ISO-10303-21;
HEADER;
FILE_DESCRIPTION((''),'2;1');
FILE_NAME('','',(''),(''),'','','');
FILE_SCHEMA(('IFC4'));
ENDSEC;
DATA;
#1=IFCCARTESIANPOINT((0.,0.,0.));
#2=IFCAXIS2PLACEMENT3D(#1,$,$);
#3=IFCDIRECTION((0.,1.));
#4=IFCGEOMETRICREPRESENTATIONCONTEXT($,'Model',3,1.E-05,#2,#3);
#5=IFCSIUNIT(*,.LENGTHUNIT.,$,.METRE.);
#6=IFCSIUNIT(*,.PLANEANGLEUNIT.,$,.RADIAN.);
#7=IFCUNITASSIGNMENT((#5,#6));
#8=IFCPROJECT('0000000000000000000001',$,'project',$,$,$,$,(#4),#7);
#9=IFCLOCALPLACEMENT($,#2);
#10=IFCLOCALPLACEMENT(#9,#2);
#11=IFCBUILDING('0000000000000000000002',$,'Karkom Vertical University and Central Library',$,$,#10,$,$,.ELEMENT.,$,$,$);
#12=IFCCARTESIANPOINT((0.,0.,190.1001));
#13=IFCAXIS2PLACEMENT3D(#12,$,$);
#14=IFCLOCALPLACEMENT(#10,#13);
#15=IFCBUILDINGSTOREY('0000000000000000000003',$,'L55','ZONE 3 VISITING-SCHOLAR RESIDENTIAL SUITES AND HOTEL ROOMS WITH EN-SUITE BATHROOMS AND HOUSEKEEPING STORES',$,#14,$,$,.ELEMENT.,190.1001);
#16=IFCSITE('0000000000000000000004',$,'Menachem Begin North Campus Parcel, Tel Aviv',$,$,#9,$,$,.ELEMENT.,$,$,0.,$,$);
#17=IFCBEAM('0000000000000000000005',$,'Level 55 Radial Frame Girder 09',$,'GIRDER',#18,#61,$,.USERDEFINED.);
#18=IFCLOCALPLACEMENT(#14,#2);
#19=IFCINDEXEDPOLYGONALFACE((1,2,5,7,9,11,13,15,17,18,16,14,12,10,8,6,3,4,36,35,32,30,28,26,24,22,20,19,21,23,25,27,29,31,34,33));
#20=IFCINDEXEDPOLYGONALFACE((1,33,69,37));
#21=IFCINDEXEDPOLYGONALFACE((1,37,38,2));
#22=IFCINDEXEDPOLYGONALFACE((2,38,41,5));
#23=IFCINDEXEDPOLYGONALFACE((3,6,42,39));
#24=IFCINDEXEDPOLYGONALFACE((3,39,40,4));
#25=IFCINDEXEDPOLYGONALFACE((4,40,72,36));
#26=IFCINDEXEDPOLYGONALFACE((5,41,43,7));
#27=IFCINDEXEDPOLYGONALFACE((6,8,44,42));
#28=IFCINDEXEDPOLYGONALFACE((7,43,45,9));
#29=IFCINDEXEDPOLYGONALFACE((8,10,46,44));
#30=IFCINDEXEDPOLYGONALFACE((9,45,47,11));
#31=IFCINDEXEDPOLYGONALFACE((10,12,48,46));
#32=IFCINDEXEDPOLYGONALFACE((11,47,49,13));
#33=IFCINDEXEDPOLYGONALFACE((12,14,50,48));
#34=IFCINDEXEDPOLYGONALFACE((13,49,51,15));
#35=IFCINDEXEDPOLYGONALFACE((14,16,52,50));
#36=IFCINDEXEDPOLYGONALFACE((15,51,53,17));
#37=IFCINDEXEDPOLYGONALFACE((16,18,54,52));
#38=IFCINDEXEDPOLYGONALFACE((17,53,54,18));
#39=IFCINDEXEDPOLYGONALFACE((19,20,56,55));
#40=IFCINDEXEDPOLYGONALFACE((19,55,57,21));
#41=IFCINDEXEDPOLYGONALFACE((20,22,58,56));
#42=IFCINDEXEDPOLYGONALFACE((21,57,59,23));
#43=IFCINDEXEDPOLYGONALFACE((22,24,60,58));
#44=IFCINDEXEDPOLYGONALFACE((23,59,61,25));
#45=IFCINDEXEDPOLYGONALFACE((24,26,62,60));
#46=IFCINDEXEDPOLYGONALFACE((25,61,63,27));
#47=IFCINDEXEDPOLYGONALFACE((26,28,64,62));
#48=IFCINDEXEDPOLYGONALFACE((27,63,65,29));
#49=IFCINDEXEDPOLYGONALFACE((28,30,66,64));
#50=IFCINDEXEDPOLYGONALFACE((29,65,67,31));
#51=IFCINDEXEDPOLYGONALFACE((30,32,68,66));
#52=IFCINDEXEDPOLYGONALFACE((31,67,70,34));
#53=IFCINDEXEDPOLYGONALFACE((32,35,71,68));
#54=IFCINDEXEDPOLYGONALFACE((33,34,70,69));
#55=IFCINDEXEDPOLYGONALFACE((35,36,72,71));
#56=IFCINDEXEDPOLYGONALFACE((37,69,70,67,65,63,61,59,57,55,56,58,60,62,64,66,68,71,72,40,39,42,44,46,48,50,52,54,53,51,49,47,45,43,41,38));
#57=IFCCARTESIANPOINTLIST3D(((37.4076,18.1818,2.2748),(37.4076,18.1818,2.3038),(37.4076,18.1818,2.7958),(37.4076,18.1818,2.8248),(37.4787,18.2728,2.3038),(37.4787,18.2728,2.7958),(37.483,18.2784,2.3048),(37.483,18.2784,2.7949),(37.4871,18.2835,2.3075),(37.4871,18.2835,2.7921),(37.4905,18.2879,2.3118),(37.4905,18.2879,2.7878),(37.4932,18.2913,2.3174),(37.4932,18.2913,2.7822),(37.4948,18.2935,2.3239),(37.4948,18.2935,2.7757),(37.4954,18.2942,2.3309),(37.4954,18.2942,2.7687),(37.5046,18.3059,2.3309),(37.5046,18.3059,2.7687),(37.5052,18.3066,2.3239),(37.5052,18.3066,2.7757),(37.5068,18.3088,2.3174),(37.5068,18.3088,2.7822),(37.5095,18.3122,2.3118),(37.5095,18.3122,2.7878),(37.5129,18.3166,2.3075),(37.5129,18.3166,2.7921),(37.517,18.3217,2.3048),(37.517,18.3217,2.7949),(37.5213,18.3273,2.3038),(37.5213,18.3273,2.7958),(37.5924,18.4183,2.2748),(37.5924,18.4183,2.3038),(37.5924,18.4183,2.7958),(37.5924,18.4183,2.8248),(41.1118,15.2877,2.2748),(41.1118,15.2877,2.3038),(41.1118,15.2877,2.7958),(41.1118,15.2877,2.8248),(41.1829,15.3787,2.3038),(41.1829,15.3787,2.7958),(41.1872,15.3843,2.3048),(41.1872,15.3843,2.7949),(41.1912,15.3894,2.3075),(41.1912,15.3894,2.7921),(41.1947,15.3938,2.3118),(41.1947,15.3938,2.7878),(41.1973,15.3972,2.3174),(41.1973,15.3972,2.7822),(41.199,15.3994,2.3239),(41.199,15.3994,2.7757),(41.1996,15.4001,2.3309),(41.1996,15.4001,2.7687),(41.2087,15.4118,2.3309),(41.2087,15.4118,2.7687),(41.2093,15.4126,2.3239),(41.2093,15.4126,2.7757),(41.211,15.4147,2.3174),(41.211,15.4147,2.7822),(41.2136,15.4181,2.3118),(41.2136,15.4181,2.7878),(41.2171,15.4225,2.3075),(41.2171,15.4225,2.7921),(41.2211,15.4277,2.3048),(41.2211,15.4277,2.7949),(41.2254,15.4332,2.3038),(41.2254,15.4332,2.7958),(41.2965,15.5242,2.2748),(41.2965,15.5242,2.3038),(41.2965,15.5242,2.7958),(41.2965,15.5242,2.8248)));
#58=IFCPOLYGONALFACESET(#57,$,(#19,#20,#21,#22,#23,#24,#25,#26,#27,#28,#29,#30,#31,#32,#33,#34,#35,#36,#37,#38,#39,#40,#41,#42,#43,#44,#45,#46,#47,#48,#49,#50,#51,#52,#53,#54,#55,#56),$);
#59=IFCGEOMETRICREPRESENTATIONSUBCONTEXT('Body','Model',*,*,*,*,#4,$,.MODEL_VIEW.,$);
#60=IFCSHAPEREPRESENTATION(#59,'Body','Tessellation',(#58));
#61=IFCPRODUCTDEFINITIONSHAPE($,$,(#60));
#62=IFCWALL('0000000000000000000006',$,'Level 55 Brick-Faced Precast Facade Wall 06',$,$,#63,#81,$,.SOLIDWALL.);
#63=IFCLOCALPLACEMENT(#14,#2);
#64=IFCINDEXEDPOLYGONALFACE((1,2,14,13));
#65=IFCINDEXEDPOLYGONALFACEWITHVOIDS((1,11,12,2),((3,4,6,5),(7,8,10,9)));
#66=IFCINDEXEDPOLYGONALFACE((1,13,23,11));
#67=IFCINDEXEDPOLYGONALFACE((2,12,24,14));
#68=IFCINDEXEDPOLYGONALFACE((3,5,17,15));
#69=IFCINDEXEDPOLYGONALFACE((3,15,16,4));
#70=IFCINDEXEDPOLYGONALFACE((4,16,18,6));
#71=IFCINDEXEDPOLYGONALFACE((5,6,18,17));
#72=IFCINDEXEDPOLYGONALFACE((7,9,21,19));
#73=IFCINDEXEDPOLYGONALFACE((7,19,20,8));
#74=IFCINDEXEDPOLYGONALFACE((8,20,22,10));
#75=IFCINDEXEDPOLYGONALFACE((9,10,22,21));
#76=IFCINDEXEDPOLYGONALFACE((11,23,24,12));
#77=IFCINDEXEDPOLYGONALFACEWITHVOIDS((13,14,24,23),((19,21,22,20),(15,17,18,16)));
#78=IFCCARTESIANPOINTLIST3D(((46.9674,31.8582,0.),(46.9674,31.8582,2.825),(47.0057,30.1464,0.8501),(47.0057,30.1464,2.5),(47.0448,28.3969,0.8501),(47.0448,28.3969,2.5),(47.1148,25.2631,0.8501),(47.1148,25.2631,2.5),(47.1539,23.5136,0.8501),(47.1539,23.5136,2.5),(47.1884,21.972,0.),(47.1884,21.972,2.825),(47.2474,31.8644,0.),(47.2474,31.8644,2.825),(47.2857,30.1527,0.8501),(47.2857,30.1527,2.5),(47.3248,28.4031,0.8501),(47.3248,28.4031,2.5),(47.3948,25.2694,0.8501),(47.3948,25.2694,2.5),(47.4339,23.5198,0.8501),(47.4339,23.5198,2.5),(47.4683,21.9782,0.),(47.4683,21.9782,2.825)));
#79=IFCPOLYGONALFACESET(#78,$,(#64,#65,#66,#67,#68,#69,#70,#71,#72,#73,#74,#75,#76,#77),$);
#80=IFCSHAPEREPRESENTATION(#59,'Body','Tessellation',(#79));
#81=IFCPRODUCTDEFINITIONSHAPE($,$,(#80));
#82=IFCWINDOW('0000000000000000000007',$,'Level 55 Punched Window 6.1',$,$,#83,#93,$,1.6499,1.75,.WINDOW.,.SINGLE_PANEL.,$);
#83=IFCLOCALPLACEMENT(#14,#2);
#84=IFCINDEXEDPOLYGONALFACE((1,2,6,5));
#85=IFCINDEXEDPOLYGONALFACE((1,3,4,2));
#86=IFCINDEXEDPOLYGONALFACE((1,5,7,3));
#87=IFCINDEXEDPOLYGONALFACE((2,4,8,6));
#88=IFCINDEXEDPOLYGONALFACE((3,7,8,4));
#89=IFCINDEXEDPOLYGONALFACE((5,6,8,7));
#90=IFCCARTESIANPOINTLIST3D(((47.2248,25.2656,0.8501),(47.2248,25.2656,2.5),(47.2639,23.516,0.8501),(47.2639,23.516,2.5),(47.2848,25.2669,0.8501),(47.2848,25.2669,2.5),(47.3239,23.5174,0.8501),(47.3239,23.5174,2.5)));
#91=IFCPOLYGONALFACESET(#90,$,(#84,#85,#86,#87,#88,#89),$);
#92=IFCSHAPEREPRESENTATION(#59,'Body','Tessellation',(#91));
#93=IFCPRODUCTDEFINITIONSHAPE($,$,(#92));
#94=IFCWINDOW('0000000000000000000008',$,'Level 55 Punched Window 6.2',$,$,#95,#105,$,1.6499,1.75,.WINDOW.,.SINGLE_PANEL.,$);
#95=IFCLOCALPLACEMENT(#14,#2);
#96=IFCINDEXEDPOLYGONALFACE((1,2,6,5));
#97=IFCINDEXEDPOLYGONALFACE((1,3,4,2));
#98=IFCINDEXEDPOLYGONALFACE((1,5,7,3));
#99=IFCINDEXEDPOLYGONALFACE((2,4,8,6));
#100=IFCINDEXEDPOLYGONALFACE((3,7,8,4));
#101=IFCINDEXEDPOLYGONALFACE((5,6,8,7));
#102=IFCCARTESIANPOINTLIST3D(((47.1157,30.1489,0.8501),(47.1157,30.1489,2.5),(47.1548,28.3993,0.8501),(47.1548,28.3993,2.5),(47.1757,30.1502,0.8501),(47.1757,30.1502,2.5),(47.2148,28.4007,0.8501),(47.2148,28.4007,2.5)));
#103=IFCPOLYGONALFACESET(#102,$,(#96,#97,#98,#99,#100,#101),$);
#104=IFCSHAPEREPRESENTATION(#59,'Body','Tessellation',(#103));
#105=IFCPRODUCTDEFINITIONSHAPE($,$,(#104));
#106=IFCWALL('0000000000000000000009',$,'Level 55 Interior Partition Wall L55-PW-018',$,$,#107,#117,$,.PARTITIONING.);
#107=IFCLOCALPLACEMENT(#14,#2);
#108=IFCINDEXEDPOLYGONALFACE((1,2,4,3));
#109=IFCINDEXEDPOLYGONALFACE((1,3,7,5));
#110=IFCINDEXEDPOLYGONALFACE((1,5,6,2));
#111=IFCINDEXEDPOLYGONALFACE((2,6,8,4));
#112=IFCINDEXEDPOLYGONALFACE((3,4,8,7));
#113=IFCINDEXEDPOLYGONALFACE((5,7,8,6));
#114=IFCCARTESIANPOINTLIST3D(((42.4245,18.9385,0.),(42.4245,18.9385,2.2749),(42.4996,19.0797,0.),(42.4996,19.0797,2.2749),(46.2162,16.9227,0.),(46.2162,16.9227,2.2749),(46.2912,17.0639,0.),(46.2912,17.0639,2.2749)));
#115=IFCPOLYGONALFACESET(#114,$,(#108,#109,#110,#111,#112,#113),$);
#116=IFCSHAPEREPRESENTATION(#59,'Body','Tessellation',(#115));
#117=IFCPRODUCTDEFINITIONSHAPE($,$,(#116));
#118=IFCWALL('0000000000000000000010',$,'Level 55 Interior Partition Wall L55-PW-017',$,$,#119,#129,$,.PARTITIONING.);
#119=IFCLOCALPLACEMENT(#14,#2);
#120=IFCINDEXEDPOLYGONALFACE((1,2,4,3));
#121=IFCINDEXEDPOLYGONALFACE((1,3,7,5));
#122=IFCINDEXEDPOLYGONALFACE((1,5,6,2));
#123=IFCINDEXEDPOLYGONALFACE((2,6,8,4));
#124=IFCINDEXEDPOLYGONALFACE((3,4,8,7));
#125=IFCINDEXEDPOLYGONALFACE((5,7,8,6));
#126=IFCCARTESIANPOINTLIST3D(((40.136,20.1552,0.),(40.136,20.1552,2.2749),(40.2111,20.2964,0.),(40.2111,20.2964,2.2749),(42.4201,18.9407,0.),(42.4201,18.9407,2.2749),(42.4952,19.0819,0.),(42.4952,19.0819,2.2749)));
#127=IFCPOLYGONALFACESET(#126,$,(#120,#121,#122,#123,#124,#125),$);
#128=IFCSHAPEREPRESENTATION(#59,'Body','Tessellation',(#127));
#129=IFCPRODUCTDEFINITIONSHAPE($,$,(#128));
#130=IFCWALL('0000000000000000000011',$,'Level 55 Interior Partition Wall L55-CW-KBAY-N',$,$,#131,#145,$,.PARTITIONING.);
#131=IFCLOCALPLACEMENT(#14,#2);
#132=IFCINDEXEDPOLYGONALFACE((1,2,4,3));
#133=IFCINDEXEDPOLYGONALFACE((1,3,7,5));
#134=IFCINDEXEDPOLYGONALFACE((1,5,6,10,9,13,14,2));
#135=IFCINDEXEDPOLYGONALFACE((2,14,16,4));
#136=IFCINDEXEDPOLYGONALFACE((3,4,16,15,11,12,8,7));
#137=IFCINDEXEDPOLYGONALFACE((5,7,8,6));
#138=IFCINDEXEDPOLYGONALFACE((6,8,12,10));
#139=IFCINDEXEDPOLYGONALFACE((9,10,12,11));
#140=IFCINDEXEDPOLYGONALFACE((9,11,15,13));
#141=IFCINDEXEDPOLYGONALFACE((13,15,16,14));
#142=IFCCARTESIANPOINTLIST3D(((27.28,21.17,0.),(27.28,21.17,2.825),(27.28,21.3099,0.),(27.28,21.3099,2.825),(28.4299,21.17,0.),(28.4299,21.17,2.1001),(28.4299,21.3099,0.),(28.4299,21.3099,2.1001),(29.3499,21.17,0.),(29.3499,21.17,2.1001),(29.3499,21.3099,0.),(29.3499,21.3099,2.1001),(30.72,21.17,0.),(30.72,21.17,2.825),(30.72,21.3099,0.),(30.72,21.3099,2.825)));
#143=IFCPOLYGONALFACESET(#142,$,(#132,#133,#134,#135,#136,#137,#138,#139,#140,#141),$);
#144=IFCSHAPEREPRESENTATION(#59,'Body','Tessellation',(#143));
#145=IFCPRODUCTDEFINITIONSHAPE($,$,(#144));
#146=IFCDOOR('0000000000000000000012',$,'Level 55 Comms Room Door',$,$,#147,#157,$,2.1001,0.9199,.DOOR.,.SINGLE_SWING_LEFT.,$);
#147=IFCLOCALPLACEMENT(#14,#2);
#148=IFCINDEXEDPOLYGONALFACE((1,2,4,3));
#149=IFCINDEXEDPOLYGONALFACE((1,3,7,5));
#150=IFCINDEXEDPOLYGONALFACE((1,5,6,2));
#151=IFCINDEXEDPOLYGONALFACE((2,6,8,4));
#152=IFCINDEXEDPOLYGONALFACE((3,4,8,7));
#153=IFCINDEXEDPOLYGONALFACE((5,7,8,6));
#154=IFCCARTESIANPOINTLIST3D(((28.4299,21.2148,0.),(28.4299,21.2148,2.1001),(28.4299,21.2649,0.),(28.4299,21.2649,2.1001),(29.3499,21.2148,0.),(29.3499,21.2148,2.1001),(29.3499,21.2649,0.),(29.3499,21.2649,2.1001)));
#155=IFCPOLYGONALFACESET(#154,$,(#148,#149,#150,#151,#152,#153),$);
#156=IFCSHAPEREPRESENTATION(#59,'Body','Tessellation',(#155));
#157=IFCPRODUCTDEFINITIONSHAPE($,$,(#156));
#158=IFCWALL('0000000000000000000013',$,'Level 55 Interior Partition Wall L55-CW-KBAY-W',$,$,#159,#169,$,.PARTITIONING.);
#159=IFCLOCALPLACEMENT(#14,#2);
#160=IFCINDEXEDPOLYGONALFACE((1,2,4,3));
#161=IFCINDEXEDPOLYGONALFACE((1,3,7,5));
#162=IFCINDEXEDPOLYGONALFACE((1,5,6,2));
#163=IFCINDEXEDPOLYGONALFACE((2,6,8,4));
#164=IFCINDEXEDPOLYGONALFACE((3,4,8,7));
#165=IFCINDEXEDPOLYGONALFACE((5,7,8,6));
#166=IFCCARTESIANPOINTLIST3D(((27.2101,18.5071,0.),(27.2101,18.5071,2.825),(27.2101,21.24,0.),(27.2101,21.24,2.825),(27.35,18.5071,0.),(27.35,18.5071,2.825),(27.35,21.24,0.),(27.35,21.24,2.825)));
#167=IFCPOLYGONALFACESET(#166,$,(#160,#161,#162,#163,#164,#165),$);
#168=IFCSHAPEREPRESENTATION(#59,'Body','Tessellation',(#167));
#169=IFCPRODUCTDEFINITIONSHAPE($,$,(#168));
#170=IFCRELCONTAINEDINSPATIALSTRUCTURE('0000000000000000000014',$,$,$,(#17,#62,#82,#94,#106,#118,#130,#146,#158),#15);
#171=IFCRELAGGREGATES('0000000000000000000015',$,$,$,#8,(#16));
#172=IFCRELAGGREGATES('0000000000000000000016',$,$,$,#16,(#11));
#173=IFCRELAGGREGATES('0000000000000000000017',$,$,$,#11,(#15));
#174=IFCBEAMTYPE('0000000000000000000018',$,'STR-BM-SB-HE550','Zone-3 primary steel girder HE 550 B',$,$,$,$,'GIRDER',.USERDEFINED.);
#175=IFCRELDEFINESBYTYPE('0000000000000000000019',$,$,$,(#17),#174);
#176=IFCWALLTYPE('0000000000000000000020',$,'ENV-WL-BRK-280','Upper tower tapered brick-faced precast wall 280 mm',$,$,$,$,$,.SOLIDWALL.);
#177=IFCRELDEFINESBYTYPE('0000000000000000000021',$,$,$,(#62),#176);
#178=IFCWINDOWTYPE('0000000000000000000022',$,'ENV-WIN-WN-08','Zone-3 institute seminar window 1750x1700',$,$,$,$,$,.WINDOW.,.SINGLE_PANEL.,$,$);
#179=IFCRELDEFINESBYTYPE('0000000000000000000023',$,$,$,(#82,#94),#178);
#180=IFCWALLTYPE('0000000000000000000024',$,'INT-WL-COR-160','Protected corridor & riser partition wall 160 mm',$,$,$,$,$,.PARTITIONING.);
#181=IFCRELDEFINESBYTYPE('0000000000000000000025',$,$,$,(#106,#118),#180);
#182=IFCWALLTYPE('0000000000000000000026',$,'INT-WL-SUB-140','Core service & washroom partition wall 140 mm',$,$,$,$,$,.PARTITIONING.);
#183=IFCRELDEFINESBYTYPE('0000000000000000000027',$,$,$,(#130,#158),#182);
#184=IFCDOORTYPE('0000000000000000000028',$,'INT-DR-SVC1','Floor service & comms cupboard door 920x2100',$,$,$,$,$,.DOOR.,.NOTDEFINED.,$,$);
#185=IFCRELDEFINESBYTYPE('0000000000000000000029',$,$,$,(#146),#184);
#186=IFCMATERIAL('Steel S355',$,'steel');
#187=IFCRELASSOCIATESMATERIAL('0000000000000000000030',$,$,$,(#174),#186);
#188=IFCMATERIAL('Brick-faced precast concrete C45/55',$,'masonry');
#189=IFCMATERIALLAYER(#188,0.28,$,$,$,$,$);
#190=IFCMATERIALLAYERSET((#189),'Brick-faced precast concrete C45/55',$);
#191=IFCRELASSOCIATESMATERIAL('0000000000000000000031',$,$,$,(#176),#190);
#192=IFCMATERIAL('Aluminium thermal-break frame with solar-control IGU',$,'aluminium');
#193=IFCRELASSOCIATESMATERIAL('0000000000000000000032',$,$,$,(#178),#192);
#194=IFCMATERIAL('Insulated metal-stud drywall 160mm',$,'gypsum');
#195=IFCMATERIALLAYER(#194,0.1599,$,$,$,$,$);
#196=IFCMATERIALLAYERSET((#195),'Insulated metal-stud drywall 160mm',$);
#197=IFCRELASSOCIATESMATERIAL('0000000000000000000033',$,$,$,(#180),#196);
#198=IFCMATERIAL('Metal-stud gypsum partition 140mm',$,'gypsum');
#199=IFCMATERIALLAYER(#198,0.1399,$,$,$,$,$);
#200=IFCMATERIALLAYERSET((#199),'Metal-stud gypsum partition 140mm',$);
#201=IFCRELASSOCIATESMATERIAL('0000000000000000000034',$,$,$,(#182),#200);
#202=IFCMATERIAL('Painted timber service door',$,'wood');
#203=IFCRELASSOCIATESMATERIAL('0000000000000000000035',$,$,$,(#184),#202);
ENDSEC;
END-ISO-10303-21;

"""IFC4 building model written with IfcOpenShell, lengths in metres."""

from ifc_helpers import new_model, si_unit, direction, frame, frame_2d, origin, origin_with_axes, origin_2d, place, context, subcontext, project, spatial, rectangle, i_section, extrude, source, transform, mapped, material, layer, layer_set, material_profile, profile_set, type_object, element, fill, save


model = new_model("IFC4")

# Units and contexts
model_context = context("Model", 3, precision=1e-05, world=origin(), true_north=direction((0.0, 1.0)))
body_context = subcontext(model_context, "Body", "Model", "MODEL_VIEW")
ifc_project = project(units=[si_unit("LENGTHUNIT", "METRE"), si_unit("PLANEANGLEUNIT", "RADIAN")], contexts=[model_context])

# Site, building, storey
site_placement = place(None, origin())
site = spatial("IfcSite", under=ifc_project, at=site_placement, Name="Menachem Begin North Campus Parcel, Tel Aviv", CompositionType="ELEMENT", RefElevation=0.0)
building_placement = place(site_placement, origin())
building = spatial("IfcBuilding", under=site, at=building_placement, Name="Karkom Vertical University and Central Library", CompositionType="ELEMENT")
storey_placement = place(building_placement, frame((0.0, 0.0, 190.1001)))
storey = spatial("IfcBuildingStorey", under=building, at=storey_placement, Name="L55", Description="ZONE 3 VISITING-SCHOLAR RESIDENTIAL SUITES AND HOTEL ROOMS WITH EN-SUITE BATHROOMS AND HOUSEKEEPING STORES", CompositionType="ELEMENT", Elevation=190.1001)

# Beam
ifc_material_1 = material(Name="Steel S355", Category="steel")
ifc_material_profile_1 = material_profile(ifc_material_1, i_section(OverallWidth=0.3, OverallDepth=0.55, WebThickness=0.0149, FlangeThickness=0.0291, FilletRadius=0.0271, at=origin_2d()), Name="HE 550 B")
ifc_profile_set_1 = profile_set([ifc_material_profile_1], Name="Steel S355")
beam_type_1 = type_object("IfcBeamType", Name="STR-BM-SB-HE550", Description="Zone-3 primary steel girder HE 550 B", ElementType="GIRDER", PredefinedType="USERDEFINED", material=ifc_profile_set_1)
shared_shape_1 = source(origin_with_axes(), body_context, "Body", "SweptSolid", [
    extrude(i_section(OverallWidth=0.3, OverallDepth=0.55, WebThickness=0.0149, FlangeThickness=0.0291, FilletRadius=0.0271, at=origin_2d()), origin(), (0.0, 0.0, 1.0), 4.7007),
])
beam_1_placement = place(storey_placement, frame((37.5, 18.3, 2.5498), z_axis=(0.788002, -0.615672, 0.0), x_axis=(0.615672, 0.788002, 0.0)))
element("IfcBeam", 1, at=beam_1_placement, inside=storey, type_object=beam_type_1, Name="Level 55 Radial Frame Girder 09", ObjectType="GIRDER", PredefinedType="USERDEFINED", context=body_context, shape_type="MappedRepresentation", body=[
    mapped(shared_shape_1, transform((0.0, 0.0, 0.0), scale=1.0)),
])

# Wall, openings, windows
ifc_material_2 = material(Name="Brick-faced precast concrete C45/55", Category="masonry")
ifc_layer_1 = layer(ifc_material_2, 0.28)
ifc_layer_set_1 = layer_set([ifc_layer_1], Name="Brick-faced precast concrete C45/55")
wall_type_1 = type_object("IfcWallType", Name="ENV-WL-BRK-280", Description="Upper tower tapered brick-faced precast wall 280 mm", PredefinedType="SOLIDWALL", material=ifc_layer_set_1)
wall_1_placement = place(storey_placement, frame((47.3284, 21.9751, 0.0), z_axis=(0.0, 0.0, 1.0), x_axis=(-0.022343, 0.99975, 0.0)))
wall_1 = element("IfcWall", 2, at=wall_1_placement, inside=storey, type_object=wall_type_1, Name="Level 55 Brick-Faced Precast Facade Wall 06", PredefinedType="SOLIDWALL", context=body_context, shape_type="SweptSolid", body=[
    extrude(rectangle(XDim=9.8887, YDim=0.28, at=frame_2d((4.9443, 0.0))), origin(), (0.0, 0.0, 1.0), 2.825),
])
opening_1_placement = place(wall_1_placement, frame((1.542, 0.0, 0.8501)))
opening_1 = element("IfcOpeningElement", 3, at=opening_1_placement, cuts=wall_1, PredefinedType="OPENING", context=body_context, shape_type="SweptSolid", body=[
    extrude(rectangle(XDim=1.75, YDim=1.6499, at=frame_2d((0.875, 0.825))), frame((0.0, 0.1499, 0.0), z_axis=(0.0, -1.0, 0.0), x_axis=(1.0, 0.0, 0.0)), (0.0, 0.0, 1.0), 0.3),
])
opening_2_placement = place(wall_1_placement, frame((6.4265, 0.0, 0.8501)))
opening_2 = element("IfcOpeningElement", 4, at=opening_2_placement, cuts=wall_1, PredefinedType="OPENING", context=body_context, shape_type="SweptSolid", body=[
    extrude(rectangle(XDim=1.75, YDim=1.6499, at=frame_2d((0.875, 0.825))), frame((0.0, 0.1499, 0.0), z_axis=(0.0, -1.0, 0.0), x_axis=(1.0, 0.0, 0.0)), (0.0, 0.0, 1.0), 0.3),
])
ifc_material_3 = material(Name="Aluminium thermal-break frame with solar-control IGU", Category="aluminium")
window_type = type_object("IfcWindowType", Name="ENV-WIN-WN-08", Description="Zone-3 institute seminar window 1750x1700", PartitioningType="SINGLE_PANEL", PredefinedType="WINDOW", material=ifc_material_3)
shared_shape_2 = source(origin_with_axes(), body_context, "Body", "SweptSolid", [
    extrude(rectangle(XDim=1.75, YDim=1.6499, at=frame_2d((0.875, 0.825))), frame((0.0, 0.03, 0.0), z_axis=(0.0, -1.0, 0.0), x_axis=(1.0, 0.0, 0.0)), (0.0, 0.0, 1.0), 0.0601),
])
window_1_placement = place(opening_1_placement, origin())
window_1 = element("IfcWindow", 5, at=window_1_placement, inside=storey, type_object=window_type, Name="Level 55 Punched Window 6.1", OverallHeight=1.6499, OverallWidth=1.75, PartitioningType="SINGLE_PANEL", PredefinedType="WINDOW", context=body_context, shape_type="MappedRepresentation", body=[
    mapped(shared_shape_2, transform((0.0, 0.0, 0.0), scale=1.0)),
])
fill(opening_1, window_1)
window_2_placement = place(opening_2_placement, origin())
window_2 = element("IfcWindow", 6, at=window_2_placement, inside=storey, type_object=window_type, Name="Level 55 Punched Window 6.2", OverallHeight=1.6499, OverallWidth=1.75, PartitioningType="SINGLE_PANEL", PredefinedType="WINDOW", context=body_context, shape_type="MappedRepresentation", body=[
    mapped(shared_shape_2, transform((0.0, 0.0, 0.0), scale=1.0)),
])
fill(opening_2, window_2)

# Walls
ifc_material_4 = material(Name="Insulated metal-stud drywall 160mm", Category="gypsum")
ifc_layer_2 = layer(ifc_material_4, 0.1599)
ifc_layer_set_2 = layer_set([ifc_layer_2], Name="Insulated metal-stud drywall 160mm")
wall_type_2 = type_object("IfcWallType", Name="INT-WL-COR-160", Description="Protected corridor & riser partition wall 160 mm", PredefinedType="PARTITIONING", material=ifc_layer_set_2)
wall_2_placement = place(storey_placement, frame((42.4622, 19.009, 0.0), z_axis=(0.0, 0.0, 1.0), x_axis=(0.882971, -0.469428, 0.0)))
element("IfcWall", 7, at=wall_2_placement, inside=storey, type_object=wall_type_2, Name="Level 55 Interior Partition Wall L55-PW-018", PredefinedType="PARTITIONING", context=body_context, shape_type="SweptSolid", body=[
    extrude(rectangle(XDim=4.2942, YDim=0.1599, at=frame_2d((2.147, 0.0))), origin(), (0.0, 0.0, 1.0), 2.2749),
])
wall_3_placement = place(storey_placement, frame((40.1736, 20.2258, 0.0), z_axis=(0.0, 0.0, 1.0), x_axis=(0.882935, -0.469496, 0.0)))
element("IfcWall", 8, at=wall_3_placement, inside=storey, type_object=wall_type_2, Name="Level 55 Interior Partition Wall L55-PW-017", PredefinedType="PARTITIONING", context=body_context, shape_type="SweptSolid", body=[
    extrude(rectangle(XDim=2.5869, YDim=0.1599, at=frame_2d((1.2935, 0.0))), origin(), (0.0, 0.0, 1.0), 2.2749),
])

# Wall, opening, door
ifc_material_5 = material(Name="Metal-stud gypsum partition 140mm", Category="gypsum")
ifc_layer_3 = layer(ifc_material_5, 0.1399)
ifc_layer_set_3 = layer_set([ifc_layer_3], Name="Metal-stud gypsum partition 140mm")
wall_type_3 = type_object("IfcWallType", Name="INT-WL-SUB-140", Description="Core service & washroom partition wall 140 mm", PredefinedType="PARTITIONING", material=ifc_layer_set_3)
wall_4_placement = place(storey_placement, frame((27.28, 21.24, 0.0), z_axis=(0.0, 0.0, 1.0), x_axis=(1.0, 0.0, 0.0)))
wall_4 = element("IfcWall", 9, at=wall_4_placement, inside=storey, type_object=wall_type_3, Name="Level 55 Interior Partition Wall L55-CW-KBAY-N", PredefinedType="PARTITIONING", context=body_context, shape_type="SweptSolid", body=[
    extrude(rectangle(XDim=3.4399, YDim=0.1399, at=frame_2d((1.72, 0.0))), origin(), (0.0, 0.0, 1.0), 2.825),
])
opening_3_placement = place(wall_4_placement, frame((1.1499, 0.0, 0.0)))
opening_3 = element("IfcOpeningElement", 10, at=opening_3_placement, cuts=wall_4, PredefinedType="OPENING", context=body_context, shape_type="SweptSolid", body=[
    extrude(rectangle(XDim=0.9199, YDim=2.1001, at=frame_2d((0.46, 1.05))), frame((0.0, 0.0801, 0.0), z_axis=(0.0, -1.0, 0.0), x_axis=(1.0, 0.0, 0.0)), (0.0, 0.0, 1.0), 0.1599),
])
ifc_material_6 = material(Name="Painted timber service door", Category="wood")
door_type_1 = type_object("IfcDoorType", Name="INT-DR-SVC1", Description="Floor service & comms cupboard door 920x2100", OperationType="NOTDEFINED", PredefinedType="DOOR", material=ifc_material_6)
shared_shape_3 = source(origin_with_axes(), body_context, "Body", "SweptSolid", [
    extrude(rectangle(XDim=0.9199, YDim=2.1001, at=frame_2d((0.46, 1.05))), frame((0.0, 0.0249, 0.0), z_axis=(0.0, -1.0, 0.0), x_axis=(1.0, 0.0, 0.0)), (0.0, 0.0, 1.0), 0.05),
])
door_1_placement = place(opening_3_placement, origin())
door_1 = element("IfcDoor", 11, at=door_1_placement, inside=storey, type_object=door_type_1, Name="Level 55 Comms Room Door", OperationType="SINGLE_SWING_LEFT", OverallHeight=2.1001, OverallWidth=0.9199, PredefinedType="DOOR", context=body_context, shape_type="MappedRepresentation", body=[
    mapped(shared_shape_3, transform((0.0, 0.0, 0.0), scale=1.0)),
])
fill(opening_3, door_1)

# Wall
for number, where, z_axis, x_axis, name in (
    (12, (27.28, 18.5071, 0.0), (0.0, 0.0, 1.0), (0.0, 1.0, 0.0), "Level 55 Interior Partition Wall L55-CW-KBAY-W"),
):
    element("IfcWall", number, at=place(storey_placement, frame(where, z_axis=z_axis, x_axis=x_axis)), inside=storey, type_object=wall_type_3, Name=name, PredefinedType="PARTITIONING", context=body_context, shape_type="SweptSolid", body=[
        extrude(rectangle(XDim=2.7329, YDim=0.1399, at=frame_2d((1.3665, 0.0))), origin(), (0.0, 0.0, 1.0), 2.825),
    ])

save(model, "model.ifc")
